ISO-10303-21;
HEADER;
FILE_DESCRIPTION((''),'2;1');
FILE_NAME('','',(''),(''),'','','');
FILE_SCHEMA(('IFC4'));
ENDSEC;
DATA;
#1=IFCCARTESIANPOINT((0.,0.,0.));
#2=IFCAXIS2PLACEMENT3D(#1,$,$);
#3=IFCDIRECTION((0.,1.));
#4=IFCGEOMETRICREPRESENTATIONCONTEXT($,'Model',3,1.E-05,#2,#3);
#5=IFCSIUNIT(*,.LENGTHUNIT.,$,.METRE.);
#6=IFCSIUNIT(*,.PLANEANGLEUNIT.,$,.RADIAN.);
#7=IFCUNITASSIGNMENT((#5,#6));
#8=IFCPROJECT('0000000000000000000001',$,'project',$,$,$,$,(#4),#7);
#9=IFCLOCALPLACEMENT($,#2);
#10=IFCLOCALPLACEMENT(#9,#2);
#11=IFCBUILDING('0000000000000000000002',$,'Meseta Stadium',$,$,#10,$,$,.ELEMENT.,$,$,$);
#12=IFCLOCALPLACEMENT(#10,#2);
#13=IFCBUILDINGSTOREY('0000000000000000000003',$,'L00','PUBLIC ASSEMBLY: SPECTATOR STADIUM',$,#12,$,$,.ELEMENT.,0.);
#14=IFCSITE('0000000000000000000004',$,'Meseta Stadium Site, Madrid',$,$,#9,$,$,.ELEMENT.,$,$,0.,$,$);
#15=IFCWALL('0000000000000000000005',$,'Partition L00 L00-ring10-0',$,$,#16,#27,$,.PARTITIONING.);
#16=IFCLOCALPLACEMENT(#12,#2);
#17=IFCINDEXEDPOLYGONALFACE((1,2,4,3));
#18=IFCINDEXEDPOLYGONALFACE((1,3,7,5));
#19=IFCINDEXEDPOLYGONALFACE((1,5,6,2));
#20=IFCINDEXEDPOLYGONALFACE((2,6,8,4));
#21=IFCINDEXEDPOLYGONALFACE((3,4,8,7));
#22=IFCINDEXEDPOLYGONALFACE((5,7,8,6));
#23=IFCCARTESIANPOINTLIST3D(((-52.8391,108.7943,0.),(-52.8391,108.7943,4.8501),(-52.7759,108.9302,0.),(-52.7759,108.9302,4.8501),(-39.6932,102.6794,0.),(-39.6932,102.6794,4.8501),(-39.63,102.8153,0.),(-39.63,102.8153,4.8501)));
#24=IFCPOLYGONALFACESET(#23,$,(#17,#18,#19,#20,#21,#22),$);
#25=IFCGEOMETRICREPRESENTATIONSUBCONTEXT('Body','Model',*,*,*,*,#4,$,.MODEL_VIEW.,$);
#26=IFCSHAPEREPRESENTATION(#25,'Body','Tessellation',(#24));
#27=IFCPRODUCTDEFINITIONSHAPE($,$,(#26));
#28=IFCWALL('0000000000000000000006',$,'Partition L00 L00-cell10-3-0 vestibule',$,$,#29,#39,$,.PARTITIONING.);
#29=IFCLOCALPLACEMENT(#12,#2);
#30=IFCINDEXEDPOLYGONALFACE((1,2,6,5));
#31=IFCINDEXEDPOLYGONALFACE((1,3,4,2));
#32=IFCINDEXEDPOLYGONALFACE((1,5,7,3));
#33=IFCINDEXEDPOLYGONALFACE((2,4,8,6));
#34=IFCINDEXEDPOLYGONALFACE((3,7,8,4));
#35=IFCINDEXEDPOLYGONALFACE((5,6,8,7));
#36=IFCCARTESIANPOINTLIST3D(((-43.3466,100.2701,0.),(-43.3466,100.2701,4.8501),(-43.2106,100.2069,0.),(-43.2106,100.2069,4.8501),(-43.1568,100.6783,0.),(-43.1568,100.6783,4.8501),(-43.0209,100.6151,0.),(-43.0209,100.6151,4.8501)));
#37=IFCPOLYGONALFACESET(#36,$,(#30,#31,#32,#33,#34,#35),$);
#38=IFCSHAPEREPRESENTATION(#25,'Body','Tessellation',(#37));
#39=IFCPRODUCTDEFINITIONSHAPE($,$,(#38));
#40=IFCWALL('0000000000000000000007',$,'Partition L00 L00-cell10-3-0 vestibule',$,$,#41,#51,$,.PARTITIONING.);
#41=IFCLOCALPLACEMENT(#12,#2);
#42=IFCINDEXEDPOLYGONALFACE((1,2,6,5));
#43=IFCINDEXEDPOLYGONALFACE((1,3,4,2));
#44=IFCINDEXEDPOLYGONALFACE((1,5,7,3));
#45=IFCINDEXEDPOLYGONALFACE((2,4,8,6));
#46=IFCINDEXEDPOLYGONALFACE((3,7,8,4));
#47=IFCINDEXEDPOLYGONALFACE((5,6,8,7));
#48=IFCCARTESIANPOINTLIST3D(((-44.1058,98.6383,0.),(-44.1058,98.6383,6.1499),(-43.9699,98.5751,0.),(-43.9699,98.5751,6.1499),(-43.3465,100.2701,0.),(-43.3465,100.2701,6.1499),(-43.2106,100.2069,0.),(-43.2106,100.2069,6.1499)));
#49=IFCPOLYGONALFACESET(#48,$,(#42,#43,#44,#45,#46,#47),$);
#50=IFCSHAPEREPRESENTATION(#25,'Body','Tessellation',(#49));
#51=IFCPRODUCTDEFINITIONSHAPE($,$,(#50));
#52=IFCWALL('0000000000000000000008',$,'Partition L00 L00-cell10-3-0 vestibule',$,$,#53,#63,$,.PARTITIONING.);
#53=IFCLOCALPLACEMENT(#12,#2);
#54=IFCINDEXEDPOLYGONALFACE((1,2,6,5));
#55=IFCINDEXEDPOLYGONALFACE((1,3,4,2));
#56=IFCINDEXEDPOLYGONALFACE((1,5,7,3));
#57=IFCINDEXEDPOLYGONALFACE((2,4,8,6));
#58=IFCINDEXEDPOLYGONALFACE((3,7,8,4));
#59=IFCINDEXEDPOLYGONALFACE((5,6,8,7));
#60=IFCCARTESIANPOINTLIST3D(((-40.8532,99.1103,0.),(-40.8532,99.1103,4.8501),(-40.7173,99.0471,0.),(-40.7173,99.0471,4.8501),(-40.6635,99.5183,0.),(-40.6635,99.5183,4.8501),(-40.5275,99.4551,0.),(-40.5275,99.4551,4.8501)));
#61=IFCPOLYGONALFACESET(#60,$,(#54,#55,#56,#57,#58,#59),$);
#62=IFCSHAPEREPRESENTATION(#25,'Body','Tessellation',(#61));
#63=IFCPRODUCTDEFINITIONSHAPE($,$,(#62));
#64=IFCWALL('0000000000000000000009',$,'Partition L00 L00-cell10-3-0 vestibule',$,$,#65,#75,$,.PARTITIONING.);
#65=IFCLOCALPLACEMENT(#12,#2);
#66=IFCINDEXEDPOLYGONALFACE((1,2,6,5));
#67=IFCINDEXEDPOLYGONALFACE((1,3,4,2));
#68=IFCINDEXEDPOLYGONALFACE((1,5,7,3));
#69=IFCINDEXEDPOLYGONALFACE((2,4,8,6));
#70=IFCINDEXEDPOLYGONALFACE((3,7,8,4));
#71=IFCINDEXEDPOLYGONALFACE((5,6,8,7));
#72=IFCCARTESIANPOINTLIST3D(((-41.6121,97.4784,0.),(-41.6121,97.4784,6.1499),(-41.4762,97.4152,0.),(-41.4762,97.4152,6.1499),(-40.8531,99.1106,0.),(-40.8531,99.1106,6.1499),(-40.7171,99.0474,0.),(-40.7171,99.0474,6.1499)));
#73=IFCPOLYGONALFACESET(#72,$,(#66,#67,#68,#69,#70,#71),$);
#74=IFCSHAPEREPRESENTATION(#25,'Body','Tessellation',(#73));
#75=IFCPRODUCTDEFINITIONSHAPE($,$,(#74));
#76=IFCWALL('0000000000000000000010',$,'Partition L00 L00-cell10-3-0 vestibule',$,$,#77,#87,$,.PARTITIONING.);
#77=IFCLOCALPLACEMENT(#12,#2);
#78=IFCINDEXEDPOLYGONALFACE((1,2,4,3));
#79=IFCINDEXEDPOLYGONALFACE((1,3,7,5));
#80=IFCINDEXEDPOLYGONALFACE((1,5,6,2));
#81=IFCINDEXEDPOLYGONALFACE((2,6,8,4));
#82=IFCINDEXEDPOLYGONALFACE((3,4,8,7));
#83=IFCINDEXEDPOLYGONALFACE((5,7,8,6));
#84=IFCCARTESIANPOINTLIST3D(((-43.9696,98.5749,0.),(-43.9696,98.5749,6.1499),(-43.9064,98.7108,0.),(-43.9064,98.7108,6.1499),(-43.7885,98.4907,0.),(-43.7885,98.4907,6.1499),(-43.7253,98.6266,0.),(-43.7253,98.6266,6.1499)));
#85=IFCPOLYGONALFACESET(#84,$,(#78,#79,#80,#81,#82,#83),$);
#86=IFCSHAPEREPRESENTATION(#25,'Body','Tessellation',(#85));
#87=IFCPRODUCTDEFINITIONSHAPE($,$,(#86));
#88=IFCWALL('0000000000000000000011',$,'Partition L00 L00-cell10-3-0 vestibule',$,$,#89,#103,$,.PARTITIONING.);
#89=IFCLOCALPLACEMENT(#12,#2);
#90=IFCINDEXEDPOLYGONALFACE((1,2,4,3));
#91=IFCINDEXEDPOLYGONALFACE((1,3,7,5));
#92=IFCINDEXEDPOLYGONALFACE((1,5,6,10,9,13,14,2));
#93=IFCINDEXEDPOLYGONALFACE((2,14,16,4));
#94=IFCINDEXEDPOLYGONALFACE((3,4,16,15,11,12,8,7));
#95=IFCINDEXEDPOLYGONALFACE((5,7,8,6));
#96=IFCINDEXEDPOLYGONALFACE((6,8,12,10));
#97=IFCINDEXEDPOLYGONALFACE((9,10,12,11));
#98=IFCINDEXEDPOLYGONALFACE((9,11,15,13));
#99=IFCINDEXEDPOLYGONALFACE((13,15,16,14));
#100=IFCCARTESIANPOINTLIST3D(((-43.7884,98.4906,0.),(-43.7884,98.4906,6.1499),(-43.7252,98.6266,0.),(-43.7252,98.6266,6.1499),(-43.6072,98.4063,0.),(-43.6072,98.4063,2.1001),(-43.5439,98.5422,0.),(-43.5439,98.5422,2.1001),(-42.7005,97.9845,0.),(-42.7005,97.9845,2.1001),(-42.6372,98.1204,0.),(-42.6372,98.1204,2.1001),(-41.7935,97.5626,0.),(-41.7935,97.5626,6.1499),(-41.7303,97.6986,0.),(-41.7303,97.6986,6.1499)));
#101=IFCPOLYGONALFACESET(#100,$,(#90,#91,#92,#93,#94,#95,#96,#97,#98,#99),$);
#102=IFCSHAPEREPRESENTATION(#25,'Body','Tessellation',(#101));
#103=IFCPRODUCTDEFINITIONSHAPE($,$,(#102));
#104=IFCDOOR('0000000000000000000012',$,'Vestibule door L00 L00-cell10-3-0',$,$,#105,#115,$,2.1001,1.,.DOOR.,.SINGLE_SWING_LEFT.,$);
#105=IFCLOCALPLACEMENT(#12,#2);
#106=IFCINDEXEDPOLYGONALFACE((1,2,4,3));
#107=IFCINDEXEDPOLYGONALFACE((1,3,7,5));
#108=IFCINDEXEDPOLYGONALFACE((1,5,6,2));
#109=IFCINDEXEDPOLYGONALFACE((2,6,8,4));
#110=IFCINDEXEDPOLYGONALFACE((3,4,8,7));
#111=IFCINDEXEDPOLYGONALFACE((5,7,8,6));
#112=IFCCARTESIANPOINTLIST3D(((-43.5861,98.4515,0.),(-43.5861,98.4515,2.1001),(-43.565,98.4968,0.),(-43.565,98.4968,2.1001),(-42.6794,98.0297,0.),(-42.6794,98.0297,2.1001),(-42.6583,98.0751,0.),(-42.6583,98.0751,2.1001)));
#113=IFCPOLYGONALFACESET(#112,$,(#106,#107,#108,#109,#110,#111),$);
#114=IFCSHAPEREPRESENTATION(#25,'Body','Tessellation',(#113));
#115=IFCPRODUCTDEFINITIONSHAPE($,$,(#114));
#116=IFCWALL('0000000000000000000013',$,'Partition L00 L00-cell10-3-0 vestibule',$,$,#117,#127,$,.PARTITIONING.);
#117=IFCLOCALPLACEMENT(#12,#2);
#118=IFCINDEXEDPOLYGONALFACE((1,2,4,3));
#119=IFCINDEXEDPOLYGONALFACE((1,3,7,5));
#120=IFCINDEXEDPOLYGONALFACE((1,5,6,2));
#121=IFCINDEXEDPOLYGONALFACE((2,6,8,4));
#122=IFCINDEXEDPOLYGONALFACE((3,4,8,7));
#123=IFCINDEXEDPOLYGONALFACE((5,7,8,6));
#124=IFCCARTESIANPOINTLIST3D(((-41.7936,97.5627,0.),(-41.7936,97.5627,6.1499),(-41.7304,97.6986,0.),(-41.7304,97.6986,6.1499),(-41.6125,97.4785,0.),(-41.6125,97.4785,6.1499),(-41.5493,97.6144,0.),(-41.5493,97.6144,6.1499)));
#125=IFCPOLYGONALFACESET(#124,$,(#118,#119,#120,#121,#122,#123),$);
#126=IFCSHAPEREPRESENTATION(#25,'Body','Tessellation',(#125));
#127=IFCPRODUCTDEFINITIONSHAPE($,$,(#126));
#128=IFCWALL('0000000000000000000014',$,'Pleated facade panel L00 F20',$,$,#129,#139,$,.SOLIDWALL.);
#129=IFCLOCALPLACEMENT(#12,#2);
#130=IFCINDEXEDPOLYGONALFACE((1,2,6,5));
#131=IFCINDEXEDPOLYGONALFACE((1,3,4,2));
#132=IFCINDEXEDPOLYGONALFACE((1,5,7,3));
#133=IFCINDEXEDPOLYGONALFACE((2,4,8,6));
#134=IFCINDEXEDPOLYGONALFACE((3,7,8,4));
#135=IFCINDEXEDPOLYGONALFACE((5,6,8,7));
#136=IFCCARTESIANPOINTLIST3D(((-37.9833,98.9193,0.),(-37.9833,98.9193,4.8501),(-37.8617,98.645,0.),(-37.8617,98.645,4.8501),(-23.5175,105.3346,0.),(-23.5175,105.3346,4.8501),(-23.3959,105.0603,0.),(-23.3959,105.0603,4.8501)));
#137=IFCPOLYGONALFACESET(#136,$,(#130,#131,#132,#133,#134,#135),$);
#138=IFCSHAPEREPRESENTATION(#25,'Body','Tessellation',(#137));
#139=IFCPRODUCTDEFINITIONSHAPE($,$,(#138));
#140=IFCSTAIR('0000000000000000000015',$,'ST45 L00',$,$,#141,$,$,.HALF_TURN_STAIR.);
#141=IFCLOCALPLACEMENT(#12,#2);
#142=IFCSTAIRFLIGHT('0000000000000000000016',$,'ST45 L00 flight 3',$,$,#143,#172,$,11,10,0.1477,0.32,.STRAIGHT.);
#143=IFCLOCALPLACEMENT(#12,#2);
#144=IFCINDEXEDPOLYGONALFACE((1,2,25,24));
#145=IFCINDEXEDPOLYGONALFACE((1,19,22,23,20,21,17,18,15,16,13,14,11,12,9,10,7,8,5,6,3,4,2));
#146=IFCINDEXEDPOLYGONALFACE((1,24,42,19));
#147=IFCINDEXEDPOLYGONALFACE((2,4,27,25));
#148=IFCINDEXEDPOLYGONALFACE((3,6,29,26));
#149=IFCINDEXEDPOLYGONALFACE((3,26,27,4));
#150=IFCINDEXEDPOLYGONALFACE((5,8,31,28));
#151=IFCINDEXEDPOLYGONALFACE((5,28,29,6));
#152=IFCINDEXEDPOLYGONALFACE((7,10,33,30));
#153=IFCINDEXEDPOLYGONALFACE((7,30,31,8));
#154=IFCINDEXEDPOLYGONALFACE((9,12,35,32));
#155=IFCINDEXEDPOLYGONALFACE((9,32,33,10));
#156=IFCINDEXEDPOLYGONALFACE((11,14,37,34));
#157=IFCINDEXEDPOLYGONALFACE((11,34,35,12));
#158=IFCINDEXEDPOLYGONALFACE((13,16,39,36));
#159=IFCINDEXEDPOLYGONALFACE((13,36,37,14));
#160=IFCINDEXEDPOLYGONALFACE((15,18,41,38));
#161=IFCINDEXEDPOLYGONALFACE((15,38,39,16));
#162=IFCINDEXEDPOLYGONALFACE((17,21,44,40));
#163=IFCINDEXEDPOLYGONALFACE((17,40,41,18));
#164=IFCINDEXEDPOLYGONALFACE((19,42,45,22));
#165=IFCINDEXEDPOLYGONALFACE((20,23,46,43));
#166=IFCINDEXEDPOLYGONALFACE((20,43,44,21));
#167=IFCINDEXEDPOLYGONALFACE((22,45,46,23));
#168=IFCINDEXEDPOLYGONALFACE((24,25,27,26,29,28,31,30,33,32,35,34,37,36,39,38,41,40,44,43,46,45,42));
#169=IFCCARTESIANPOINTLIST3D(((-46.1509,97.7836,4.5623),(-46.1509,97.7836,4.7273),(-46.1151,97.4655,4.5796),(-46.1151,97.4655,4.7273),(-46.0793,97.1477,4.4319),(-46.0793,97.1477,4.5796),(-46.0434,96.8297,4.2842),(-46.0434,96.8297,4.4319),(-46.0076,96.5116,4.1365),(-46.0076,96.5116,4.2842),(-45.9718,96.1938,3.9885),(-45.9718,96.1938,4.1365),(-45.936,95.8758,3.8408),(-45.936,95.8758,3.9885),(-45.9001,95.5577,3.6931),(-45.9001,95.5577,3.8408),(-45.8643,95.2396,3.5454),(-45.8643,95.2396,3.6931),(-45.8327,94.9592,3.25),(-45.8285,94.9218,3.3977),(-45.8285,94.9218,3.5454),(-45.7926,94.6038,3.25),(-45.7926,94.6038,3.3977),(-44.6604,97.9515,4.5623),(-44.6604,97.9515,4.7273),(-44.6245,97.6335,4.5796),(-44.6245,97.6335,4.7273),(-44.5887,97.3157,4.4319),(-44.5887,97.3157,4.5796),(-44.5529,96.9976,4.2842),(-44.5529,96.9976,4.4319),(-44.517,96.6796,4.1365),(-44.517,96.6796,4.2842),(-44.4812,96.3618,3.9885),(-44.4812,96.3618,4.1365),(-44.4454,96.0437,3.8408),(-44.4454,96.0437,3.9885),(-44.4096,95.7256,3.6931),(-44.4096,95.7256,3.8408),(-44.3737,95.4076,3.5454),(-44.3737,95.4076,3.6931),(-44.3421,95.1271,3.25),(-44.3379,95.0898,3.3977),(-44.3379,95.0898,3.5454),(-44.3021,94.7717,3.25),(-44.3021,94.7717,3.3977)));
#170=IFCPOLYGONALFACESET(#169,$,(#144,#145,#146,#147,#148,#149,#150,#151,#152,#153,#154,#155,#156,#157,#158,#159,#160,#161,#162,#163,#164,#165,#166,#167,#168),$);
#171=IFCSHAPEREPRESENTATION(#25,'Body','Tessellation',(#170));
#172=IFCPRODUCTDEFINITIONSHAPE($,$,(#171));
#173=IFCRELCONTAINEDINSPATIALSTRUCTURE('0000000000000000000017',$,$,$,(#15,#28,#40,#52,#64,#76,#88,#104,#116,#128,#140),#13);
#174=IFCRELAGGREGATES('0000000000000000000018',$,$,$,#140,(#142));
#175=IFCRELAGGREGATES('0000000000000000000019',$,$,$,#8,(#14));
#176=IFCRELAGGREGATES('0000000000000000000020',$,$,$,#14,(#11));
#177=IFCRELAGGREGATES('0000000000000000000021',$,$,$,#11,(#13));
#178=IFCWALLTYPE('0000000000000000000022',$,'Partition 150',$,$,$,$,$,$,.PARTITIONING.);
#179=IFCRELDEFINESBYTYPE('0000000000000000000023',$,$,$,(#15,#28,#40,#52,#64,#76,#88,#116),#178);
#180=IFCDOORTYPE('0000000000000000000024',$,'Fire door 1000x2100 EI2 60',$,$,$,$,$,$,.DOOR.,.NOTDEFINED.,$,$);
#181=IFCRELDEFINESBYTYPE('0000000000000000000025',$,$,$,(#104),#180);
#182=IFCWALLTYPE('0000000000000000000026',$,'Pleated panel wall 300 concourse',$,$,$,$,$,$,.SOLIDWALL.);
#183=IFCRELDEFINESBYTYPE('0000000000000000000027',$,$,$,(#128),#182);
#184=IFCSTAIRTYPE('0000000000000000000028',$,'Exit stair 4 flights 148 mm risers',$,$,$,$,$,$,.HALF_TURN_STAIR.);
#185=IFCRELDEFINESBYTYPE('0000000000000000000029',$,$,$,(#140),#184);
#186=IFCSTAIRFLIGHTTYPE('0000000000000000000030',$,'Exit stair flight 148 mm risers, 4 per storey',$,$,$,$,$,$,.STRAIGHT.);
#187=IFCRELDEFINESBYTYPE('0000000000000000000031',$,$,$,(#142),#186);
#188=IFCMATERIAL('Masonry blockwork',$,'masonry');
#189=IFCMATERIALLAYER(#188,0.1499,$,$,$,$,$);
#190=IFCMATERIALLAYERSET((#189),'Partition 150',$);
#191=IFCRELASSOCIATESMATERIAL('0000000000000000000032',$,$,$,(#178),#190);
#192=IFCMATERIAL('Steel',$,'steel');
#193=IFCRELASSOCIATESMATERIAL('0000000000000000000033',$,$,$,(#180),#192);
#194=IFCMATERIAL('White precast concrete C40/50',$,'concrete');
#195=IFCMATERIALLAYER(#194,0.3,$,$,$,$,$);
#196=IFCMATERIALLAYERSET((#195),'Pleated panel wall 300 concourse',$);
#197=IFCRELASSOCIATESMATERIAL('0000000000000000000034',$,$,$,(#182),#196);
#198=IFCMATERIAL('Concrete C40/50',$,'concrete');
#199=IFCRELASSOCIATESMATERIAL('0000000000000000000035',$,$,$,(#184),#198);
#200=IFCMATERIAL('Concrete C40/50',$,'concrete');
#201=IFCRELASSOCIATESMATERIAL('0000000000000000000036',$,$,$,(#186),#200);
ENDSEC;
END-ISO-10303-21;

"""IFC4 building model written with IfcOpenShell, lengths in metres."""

from ifc_helpers import new_model, si_unit, direction, frame, frame_2d, origin, place, context, subcontext, project, spatial, polyline, rectangle, outline, extrude, material, layer, layer_set, type_object, element, fill, aggregate, save


model = new_model("IFC4")

# Units and contexts
model_context = context("Model", 3, precision=1e-05, world=origin(), true_north=direction((0.0, 1.0)))
body_context = subcontext(model_context, "Body", "Model", "MODEL_VIEW")
ifc_project = project(units=[si_unit("LENGTHUNIT", "METRE"), si_unit("PLANEANGLEUNIT", "RADIAN")], contexts=[model_context])

# Site, building, storey
site_placement = place(None, origin())
site = spatial("IfcSite", under=ifc_project, at=site_placement, Name="Meseta Stadium Site, Madrid", CompositionType="ELEMENT", RefElevation=0.0)
building_placement = place(site_placement, origin())
building = spatial("IfcBuilding", under=site, at=building_placement, Name="Meseta Stadium", CompositionType="ELEMENT")
storey_placement = place(building_placement, origin())
storey = spatial("IfcBuildingStorey", under=building, at=storey_placement, Name="L00", Description="PUBLIC ASSEMBLY: SPECTATOR STADIUM", CompositionType="ELEMENT", Elevation=0.0)

# Shared definitions
ifc_material_1 = material(Name="Masonry blockwork", Category="masonry")
ifc_layer_1 = layer(ifc_material_1, 0.1499)
ifc_layer_set_1 = layer_set([ifc_layer_1], Name="Partition 150")
wall_type_1 = type_object("IfcWallType", Name="Partition 150", PredefinedType="PARTITIONING", material=ifc_layer_set_1)
ifc_material_2 = material(Name="Steel", Category="steel")
door_type = type_object("IfcDoorType", Name="Fire door 1000x2100 EI2 60", OperationType="NOTDEFINED", PredefinedType="DOOR", material=ifc_material_2)

# Walls
wall_1_placement = place(storey_placement, frame((-39.6616, 102.7473, 0.0), z_axis=(0.0, 0.0, 1.0), x_axis=(-0.906706, 0.421763, 0.0)))
element("IfcWall", 1, at=wall_1_placement, inside=storey, type_object=wall_type_1, Name="Partition L00 L00-ring10-0", PredefinedType="PARTITIONING", context=body_context, shape_type="SweptSolid", body=[
    extrude(rectangle(XDim=14.4985, YDim=0.1499, at=frame_2d((7.2493, 0.0))), origin(), (0.0, 0.0, 1.0), 4.8501),
])
wall_2_placement = place(storey_placement, frame((-43.0889, 100.6467, 0.0), z_axis=(0.0, 0.0, 1.0), x_axis=(-0.42143, -0.906861, 0.0)))
element("IfcWall", 2, at=wall_2_placement, inside=storey, type_object=wall_type_1, Name="Partition L00 L00-cell10-3-0 vestibule", PredefinedType="PARTITIONING", context=body_context, shape_type="SweptSolid", body=[
    extrude(rectangle(XDim=0.4502, YDim=0.1499, at=frame_2d((0.2251, 0.0))), origin(), (0.0, 0.0, 1.0), 4.8501),
])
wall_3_placement = place(storey_placement, frame((-43.2786, 100.2385, 0.0), z_axis=(0.0, 0.0, 1.0), x_axis=(-0.42186, -0.906661, 0.0)))
element("IfcWall", 3, at=wall_3_placement, inside=storey, type_object=wall_type_1, Name="Partition L00 L00-cell10-3-0 vestibule", PredefinedType="PARTITIONING", context=body_context, shape_type="SweptSolid", body=[
    extrude(rectangle(XDim=1.7998, YDim=0.1499, at=frame_2d((0.8999, 0.0))), origin(), (0.0, 0.0, 1.0), 6.1499),
])
wall_4_placement = place(storey_placement, frame((-40.5955, 99.4868, 0.0), z_axis=(0.0, 0.0, 1.0), x_axis=(-0.421637, -0.906765, 0.0)))
element("IfcWall", 4, at=wall_4_placement, inside=storey, type_object=wall_type_1, Name="Partition L00 L00-cell10-3-0 vestibule", PredefinedType="PARTITIONING", context=body_context, shape_type="SweptSolid", body=[
    extrude(rectangle(XDim=0.45, YDim=0.1499, at=frame_2d((0.2251, 0.0))), origin(), (0.0, 0.0, 1.0), 4.8501),
])
wall_5_placement = place(storey_placement, frame((-40.7852, 99.0789, 0.0), z_axis=(0.0, 0.0, 1.0), x_axis=(-0.421697, -0.906737, 0.0)))
element("IfcWall", 5, at=wall_5_placement, inside=storey, type_object=wall_type_1, Name="Partition L00 L00-cell10-3-0 vestibule", PredefinedType="PARTITIONING", context=body_context, shape_type="SweptSolid", body=[
    extrude(rectangle(XDim=1.8, YDim=0.1499, at=frame_2d((0.8999, 0.0))), origin(), (0.0, 0.0, 1.0), 6.1499),
])
wall_6_placement = place(storey_placement, frame((-43.938, 98.6428, 0.0), z_axis=(0.0, 0.0, 1.0), x_axis=(0.906775, -0.421614, 0.0)))
element("IfcWall", 6, at=wall_6_placement, inside=storey, type_object=wall_type_1, Name="Partition L00 L00-cell10-3-0 vestibule", PredefinedType="PARTITIONING", context=body_context, shape_type="SweptSolid", body=[
    extrude(rectangle(XDim=0.1997, YDim=0.1499, at=frame_2d((0.0999, 0.0))), origin(), (0.0, 0.0, 1.0), 6.1499),
])

# Wall, opening, door
wall_7_placement = place(storey_placement, frame((-43.7568, 98.5586, 0.0), z_axis=(0.0, 0.0, 1.0), x_axis=(0.906698, -0.42178, 0.0)))
wall_7 = element("IfcWall", 7, at=wall_7_placement, inside=storey, type_object=wall_type_1, Name="Partition L00 L00-cell10-3-0 vestibule", PredefinedType="PARTITIONING", context=body_context, shape_type="SweptSolid", body=[
    extrude(rectangle(XDim=2.2002, YDim=0.1499, at=frame_2d((1.1001, 0.0))), origin(), (0.0, 0.0, 1.0), 6.1499),
])
opening_1_placement = place(wall_7_placement, frame((0.2, 0.0, 0.0)))
opening_1 = element("IfcOpeningElement", 8, at=opening_1_placement, cuts=wall_7, PredefinedType="OPENING", context=body_context, shape_type="SweptSolid", body=[
    extrude(rectangle(XDim=1.0, YDim=2.1001, at=frame_2d((0.5, 1.05))), frame((0.0, 0.085, 0.0), z_axis=(0.0, -1.0, 0.0), x_axis=(1.0, 0.0, 0.0)), (0.0, 0.0, 1.0), 0.1699),
])
door_1_placement = place(opening_1_placement, origin())
door_1 = element("IfcDoor", 9, at=door_1_placement, inside=storey, type_object=door_type, Name="Vestibule door L00 L00-cell10-3-0", OperationType="SINGLE_SWING_LEFT", OverallHeight=2.1001, OverallWidth=1.0, PredefinedType="DOOR", context=body_context, shape_type="SweptSolid", body=[
    extrude(rectangle(XDim=1.0, YDim=2.1001, at=frame_2d((0.5, 1.05))), frame((0.0, 0.0249, 0.0), z_axis=(0.0, -1.0, 0.0), x_axis=(1.0, 0.0, 0.0)), (0.0, 0.0, 1.0), 0.05),
])
fill(opening_1, door_1)

# Walls
wall_8_placement = place(storey_placement, frame((-41.762, 97.6306, 0.0), z_axis=(0.0, 0.0, 1.0), x_axis=(0.906775, -0.421614, 0.0)))
element("IfcWall", 10, at=wall_8_placement, inside=storey, type_object=wall_type_1, Name="Partition L00 L00-cell10-3-0 vestibule", PredefinedType="PARTITIONING", context=body_context, shape_type="SweptSolid", body=[
    extrude(rectangle(XDim=0.1997, YDim=0.1499, at=frame_2d((0.0999, 0.0))), origin(), (0.0, 0.0, 1.0), 6.1499),
])
ifc_material_3 = material(Name="White precast concrete C40/50", Category="concrete")
ifc_layer_2 = layer(ifc_material_3, 0.3)
ifc_layer_set_2 = layer_set([ifc_layer_2], Name="Pleated panel wall 300 concourse")
wall_type_2 = type_object("IfcWallType", Name="Pleated panel wall 300 concourse", PredefinedType="SOLIDWALL", material=ifc_layer_set_2)
wall_9_placement = place(storey_placement, frame((-37.9224, 98.7822, 0.0), z_axis=(0.0, 0.0, 1.0), x_axis=(0.914139, 0.405401, 0.0)))
element("IfcWall", 11, at=wall_9_placement, inside=storey, type_object=wall_type_2, Name="Pleated facade panel L00 F20", PredefinedType="SOLIDWALL", context=body_context, shape_type="SweptSolid", body=[
    extrude(rectangle(XDim=15.8245, YDim=0.3, at=frame_2d((7.9121, 0.0))), origin(), (0.0, 0.0, 1.0), 4.8501),
])

# Stair, stair flight
ifc_material_4 = material(Name="Concrete C40/50", Category="concrete")
stair_type = type_object("IfcStairType", Name="Exit stair 4 flights 148 mm risers", PredefinedType="HALF_TURN_STAIR", material=ifc_material_4)
stair_placement = place(storey_placement, origin())
stair = element("IfcStair", 12, at=stair_placement, inside=storey, type_object=stair_type, Name="ST45 L00", PredefinedType="HALF_TURN_STAIR")
ifc_material_5 = material(Name="Concrete C40/50", Category="concrete")
stair_flight_type = type_object("IfcStairFlightType", Name="Exit stair flight 148 mm risers, 4 per storey", PredefinedType="STRAIGHT", material=ifc_material_5)
stair_flight_placement = place(storey_placement, frame((-45.0474, 94.6877, 3.25), z_axis=(0.0, 0.0, 1.0), x_axis=(-0.111964, 0.993712, 0.0)))
stair_flight = element("IfcStairFlight", 13, at=stair_flight_placement, type_object=stair_flight_type, Name="ST45 L00 flight 3", NumberOfRisers=11, NumberOfTreads=10, PredefinedType="STRAIGHT", RiserHeight=0.1477, TreadLength=0.32, context=body_context, shape_type="SweptSolid", body=[
    extrude(outline(polyline([(0.0, 0.0), (0.0, 0.1477), (0.3201, 0.1477), (0.3201, 0.2954), (0.6399, 0.2954), (0.6399, 0.4431), (0.96, 0.4431), (0.96, 0.5908), (1.28, 0.5908), (1.28, 0.7385), (1.6001, 0.7385), (1.6001, 0.8865), (1.9199, 0.8865), (1.9199, 1.0342), (2.24, 1.0342), (2.24, 1.1819), (2.5601, 1.1819), (2.5601, 1.3296), (2.8799, 1.3296), (2.8799, 1.4773), (3.2, 1.4773), (3.2, 1.3123), (0.3577, 0.0), (0.0, 0.0)])), frame((0.0, 0.75, 0.0), z_axis=(0.0, -1.0, 0.0), x_axis=(1.0, 0.0, 0.0)), (0.0, 0.0, 1.0), 1.5),
])
aggregate(stair, [stair_flight])

save(model, "model.ifc")
